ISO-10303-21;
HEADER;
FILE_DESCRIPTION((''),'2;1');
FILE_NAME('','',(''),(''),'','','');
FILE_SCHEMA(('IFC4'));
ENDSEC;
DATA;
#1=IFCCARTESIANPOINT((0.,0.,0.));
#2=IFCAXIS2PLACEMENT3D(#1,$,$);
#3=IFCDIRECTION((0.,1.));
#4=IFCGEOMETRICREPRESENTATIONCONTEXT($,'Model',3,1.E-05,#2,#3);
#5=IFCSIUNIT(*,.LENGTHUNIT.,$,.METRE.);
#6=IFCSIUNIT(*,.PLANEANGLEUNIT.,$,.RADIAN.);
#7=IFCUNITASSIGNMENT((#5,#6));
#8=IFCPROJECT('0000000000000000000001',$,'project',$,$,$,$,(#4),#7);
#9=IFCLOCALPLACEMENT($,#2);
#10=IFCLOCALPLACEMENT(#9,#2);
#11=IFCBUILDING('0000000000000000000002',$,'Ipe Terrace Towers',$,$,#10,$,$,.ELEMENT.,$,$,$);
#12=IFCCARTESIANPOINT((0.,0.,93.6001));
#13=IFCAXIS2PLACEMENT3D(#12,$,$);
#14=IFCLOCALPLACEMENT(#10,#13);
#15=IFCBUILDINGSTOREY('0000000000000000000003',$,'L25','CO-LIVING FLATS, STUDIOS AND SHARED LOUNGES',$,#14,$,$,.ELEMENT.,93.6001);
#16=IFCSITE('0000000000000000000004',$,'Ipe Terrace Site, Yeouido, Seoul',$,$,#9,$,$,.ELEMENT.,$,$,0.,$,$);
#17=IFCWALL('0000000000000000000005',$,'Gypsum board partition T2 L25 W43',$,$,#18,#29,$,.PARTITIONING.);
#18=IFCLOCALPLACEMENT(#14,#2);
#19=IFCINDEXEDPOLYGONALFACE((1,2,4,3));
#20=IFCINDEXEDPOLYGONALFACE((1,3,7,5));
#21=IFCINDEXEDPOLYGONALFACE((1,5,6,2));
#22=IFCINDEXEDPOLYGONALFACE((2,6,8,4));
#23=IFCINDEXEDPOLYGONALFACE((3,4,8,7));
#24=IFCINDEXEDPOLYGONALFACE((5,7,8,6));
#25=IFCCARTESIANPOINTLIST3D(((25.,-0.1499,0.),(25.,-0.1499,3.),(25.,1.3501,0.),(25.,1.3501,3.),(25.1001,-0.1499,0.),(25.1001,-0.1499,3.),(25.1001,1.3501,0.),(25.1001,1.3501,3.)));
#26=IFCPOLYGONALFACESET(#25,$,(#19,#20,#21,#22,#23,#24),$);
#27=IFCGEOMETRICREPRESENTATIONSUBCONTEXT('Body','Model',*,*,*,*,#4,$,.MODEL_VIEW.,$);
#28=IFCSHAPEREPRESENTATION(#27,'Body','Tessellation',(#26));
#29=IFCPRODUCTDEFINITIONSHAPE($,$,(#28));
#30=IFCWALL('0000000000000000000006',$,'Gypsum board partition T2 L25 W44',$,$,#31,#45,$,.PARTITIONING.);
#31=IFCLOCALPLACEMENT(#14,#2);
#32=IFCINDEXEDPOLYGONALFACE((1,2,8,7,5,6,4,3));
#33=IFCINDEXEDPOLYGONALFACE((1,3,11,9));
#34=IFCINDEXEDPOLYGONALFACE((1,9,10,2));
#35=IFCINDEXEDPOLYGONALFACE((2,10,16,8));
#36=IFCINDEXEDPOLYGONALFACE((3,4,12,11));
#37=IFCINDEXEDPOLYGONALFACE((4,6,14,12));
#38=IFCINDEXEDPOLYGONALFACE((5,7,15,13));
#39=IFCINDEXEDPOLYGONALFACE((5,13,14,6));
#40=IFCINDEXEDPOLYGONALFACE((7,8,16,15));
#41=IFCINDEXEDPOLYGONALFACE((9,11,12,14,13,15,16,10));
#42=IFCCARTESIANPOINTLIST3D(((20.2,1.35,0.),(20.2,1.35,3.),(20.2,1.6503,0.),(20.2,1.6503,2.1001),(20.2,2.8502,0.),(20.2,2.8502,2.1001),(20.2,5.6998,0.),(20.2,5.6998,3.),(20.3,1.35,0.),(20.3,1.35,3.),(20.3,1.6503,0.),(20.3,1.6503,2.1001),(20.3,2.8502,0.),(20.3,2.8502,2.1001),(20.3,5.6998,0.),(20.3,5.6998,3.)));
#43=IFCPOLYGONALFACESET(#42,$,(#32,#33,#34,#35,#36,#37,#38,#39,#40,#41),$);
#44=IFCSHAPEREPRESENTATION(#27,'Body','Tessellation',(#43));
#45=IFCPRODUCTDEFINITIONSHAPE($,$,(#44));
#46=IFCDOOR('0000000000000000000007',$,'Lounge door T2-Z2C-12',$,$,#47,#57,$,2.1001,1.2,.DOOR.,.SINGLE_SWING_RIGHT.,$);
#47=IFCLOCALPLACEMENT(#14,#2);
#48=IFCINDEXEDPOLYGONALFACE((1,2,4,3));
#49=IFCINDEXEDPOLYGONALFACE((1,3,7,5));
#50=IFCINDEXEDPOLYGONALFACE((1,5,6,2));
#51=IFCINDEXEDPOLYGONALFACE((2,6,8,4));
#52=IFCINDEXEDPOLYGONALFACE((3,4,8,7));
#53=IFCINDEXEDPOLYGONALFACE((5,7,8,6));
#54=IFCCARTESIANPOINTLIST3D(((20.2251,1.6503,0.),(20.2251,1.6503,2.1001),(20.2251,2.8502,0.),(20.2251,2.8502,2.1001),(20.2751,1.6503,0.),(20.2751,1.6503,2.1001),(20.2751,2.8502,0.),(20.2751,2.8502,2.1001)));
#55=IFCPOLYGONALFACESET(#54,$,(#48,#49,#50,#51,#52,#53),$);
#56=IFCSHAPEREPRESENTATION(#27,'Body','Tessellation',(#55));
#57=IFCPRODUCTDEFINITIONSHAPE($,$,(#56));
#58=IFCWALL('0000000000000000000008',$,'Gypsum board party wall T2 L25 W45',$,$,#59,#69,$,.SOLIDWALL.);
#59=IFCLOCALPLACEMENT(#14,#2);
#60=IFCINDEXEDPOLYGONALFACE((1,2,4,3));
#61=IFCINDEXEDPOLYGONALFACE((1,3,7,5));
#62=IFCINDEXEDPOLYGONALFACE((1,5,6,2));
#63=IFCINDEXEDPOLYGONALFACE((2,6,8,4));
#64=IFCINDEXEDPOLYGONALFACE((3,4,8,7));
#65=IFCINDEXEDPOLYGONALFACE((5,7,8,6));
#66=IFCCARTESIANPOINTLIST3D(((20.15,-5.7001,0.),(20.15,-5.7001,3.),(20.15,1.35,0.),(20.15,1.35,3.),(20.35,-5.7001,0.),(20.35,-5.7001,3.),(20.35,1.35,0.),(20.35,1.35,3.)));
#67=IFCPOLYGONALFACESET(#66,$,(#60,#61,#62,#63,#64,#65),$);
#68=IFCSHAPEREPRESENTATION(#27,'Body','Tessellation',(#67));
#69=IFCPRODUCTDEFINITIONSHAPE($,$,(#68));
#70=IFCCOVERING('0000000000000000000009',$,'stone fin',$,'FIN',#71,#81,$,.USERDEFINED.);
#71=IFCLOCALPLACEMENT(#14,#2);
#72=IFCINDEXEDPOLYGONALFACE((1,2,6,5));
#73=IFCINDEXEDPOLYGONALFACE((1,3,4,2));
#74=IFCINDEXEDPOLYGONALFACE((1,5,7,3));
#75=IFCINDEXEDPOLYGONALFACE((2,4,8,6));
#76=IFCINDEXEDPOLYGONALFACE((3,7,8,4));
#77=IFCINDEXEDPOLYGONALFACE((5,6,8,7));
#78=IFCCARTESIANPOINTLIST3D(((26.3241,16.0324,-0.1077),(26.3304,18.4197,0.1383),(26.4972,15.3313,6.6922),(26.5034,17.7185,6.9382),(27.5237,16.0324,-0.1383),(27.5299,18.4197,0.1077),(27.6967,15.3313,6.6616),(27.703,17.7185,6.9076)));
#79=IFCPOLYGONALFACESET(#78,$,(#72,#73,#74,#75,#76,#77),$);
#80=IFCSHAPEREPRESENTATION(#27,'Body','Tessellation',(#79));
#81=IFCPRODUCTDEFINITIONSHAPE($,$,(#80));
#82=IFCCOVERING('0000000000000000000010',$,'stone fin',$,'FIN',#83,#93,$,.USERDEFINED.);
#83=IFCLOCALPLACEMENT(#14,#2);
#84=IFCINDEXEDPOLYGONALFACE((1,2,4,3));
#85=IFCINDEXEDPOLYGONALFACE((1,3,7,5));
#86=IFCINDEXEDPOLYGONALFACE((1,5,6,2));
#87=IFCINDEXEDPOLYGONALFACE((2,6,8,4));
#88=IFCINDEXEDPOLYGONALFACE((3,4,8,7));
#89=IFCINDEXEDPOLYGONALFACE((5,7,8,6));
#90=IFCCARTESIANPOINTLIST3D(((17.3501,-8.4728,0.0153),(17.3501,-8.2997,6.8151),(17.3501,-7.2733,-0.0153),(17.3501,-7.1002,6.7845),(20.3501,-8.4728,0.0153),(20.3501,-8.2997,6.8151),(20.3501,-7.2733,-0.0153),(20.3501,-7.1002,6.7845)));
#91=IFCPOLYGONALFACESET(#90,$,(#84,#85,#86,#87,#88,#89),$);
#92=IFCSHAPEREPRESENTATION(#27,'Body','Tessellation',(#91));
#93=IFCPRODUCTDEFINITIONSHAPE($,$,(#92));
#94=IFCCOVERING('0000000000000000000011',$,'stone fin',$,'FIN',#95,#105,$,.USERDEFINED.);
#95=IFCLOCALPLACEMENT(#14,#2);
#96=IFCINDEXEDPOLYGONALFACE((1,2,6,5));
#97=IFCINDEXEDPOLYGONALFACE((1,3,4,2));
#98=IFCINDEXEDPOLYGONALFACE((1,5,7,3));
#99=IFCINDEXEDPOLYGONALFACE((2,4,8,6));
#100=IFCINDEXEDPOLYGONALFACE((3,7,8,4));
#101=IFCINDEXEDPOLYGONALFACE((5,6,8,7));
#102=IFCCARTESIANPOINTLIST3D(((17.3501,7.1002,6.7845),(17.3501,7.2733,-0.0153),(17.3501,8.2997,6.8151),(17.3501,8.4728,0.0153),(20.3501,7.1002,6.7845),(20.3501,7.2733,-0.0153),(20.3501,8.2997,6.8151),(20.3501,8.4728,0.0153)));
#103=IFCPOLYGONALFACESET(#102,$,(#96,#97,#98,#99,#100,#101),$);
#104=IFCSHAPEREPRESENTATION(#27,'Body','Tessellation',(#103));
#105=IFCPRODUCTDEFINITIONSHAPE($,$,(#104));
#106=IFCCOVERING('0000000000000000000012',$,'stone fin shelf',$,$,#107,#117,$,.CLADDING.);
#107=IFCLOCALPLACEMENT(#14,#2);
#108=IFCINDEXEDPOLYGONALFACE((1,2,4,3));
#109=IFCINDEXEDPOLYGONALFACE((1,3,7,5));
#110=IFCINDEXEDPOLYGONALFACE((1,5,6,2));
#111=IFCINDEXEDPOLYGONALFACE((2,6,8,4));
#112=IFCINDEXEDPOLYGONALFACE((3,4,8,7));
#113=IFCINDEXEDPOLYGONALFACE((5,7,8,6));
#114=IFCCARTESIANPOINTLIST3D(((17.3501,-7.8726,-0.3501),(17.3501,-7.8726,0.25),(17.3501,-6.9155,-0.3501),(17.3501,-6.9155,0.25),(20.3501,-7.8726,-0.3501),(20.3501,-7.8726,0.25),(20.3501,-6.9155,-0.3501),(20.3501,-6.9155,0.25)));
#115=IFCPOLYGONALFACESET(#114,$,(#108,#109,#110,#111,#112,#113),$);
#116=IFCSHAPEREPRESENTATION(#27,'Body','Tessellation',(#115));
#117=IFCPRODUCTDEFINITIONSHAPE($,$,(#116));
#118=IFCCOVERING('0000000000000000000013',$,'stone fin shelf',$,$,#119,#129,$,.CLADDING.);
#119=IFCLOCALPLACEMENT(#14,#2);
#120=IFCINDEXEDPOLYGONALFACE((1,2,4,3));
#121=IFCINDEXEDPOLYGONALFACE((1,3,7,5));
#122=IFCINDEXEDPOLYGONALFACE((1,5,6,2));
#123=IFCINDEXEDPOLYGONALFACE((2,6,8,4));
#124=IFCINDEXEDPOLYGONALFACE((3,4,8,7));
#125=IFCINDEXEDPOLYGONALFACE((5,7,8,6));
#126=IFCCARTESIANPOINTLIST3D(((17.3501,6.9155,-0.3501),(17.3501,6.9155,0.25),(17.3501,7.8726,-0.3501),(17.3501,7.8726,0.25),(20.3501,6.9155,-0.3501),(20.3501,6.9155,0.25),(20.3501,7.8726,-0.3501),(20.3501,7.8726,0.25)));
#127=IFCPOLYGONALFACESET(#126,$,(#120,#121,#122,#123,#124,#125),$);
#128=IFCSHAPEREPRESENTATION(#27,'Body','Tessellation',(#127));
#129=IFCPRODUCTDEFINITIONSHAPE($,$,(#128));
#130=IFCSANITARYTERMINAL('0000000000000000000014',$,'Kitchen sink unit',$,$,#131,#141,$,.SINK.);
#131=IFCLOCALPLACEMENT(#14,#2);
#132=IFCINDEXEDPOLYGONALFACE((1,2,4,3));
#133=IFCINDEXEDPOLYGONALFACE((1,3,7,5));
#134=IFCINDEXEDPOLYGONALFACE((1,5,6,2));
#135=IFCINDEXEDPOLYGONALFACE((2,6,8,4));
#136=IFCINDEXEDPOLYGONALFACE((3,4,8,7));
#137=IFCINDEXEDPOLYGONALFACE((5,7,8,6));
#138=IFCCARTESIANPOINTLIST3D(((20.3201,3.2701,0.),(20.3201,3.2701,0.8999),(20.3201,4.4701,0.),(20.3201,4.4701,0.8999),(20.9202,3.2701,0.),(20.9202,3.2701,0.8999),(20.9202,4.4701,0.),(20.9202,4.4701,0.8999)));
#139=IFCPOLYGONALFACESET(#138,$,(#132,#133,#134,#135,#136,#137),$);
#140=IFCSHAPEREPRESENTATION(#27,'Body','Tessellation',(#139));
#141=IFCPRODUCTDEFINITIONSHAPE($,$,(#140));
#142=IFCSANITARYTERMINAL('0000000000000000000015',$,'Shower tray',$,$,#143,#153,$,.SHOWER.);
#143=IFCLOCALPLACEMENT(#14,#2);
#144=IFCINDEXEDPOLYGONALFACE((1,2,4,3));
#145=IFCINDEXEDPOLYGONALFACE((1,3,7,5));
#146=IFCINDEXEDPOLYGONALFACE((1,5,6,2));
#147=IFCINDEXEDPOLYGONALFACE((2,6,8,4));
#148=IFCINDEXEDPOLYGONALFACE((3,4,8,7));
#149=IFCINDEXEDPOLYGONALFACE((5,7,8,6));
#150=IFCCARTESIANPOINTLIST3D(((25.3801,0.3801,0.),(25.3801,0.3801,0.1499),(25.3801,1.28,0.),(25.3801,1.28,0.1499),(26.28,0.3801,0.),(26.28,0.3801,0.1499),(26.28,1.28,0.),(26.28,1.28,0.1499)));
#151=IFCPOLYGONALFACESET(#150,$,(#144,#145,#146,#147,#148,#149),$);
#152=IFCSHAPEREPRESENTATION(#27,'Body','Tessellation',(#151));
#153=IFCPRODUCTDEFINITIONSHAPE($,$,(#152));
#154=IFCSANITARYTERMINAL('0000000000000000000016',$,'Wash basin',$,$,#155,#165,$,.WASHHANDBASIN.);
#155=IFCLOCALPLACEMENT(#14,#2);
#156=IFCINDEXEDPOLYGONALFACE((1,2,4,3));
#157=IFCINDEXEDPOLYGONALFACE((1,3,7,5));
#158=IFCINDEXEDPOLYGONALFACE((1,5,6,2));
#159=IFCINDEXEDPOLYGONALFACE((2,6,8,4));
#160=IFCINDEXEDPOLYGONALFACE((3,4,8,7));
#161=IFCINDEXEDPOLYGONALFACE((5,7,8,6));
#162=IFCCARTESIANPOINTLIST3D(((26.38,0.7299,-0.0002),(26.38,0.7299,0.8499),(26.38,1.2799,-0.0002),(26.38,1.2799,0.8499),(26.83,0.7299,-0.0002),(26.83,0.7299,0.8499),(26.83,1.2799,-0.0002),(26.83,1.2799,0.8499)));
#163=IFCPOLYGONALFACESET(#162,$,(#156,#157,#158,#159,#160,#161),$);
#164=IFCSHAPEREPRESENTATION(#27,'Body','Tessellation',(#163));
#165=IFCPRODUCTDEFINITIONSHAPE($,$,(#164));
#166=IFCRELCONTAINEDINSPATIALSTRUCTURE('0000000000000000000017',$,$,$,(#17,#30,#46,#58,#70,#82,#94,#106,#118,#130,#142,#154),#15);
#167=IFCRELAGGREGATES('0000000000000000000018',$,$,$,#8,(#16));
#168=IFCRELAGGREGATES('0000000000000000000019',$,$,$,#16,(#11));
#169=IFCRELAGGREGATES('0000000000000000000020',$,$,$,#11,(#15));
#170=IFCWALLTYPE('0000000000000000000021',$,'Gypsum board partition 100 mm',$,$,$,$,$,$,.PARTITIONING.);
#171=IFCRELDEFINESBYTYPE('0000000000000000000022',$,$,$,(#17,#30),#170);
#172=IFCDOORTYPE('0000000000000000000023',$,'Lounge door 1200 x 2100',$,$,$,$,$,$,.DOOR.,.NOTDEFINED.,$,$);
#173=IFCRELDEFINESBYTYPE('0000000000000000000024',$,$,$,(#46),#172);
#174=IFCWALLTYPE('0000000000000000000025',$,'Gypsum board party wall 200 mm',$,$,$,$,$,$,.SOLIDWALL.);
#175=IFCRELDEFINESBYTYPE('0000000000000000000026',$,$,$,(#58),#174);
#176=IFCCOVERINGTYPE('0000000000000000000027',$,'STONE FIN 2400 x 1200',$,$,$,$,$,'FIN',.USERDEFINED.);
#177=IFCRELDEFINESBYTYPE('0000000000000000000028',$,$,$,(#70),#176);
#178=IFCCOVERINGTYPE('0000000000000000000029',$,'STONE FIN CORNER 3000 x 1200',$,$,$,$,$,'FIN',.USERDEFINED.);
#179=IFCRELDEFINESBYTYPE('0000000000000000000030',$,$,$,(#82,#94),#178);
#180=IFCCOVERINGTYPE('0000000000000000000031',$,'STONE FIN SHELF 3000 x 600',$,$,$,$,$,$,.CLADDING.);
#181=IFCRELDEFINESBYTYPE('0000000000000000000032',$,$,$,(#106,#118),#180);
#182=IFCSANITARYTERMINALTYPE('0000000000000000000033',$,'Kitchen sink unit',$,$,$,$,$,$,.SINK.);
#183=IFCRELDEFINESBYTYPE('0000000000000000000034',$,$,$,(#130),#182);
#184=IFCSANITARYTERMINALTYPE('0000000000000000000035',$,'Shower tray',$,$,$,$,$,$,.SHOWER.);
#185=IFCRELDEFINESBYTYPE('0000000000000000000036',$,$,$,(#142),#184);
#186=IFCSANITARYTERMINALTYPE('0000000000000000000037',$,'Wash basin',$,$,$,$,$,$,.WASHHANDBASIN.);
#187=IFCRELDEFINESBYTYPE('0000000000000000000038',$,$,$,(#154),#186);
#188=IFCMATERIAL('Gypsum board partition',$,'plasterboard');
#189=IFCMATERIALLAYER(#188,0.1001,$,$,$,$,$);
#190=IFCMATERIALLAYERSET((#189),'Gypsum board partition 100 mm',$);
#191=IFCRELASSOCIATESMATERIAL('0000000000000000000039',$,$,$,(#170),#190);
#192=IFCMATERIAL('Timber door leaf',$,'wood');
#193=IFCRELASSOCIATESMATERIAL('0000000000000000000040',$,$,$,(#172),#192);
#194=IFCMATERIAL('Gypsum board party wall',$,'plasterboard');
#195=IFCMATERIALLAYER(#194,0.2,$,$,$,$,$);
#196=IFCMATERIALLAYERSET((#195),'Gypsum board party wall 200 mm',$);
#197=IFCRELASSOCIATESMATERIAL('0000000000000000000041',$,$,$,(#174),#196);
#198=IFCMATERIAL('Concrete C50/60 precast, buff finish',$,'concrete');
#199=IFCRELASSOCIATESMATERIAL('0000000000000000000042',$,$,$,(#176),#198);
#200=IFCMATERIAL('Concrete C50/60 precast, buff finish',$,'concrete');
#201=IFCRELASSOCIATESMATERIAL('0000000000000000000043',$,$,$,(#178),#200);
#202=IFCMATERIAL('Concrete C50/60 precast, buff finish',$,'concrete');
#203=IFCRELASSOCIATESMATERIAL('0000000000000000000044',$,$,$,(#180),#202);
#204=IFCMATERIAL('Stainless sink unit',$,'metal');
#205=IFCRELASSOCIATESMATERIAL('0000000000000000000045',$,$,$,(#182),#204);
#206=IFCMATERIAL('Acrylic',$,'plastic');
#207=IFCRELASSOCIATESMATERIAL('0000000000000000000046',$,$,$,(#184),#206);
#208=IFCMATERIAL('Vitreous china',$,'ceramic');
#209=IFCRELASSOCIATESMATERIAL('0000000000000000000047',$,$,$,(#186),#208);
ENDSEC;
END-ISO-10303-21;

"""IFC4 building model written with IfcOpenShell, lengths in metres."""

from ifc_helpers import new_model, si_unit, direction, frame, frame_2d, origin, origin_2d, place, context, subcontext, project, spatial, rectangle, extrude, material, layer, layer_set, material_profile, profile_set, type_object, element, fill, save


model = new_model("IFC4")

# Units and contexts
model_context = context("Model", 3, precision=1e-05, world=origin(), true_north=direction((0.0, 1.0)))
body_context = subcontext(model_context, "Body", "Model", "MODEL_VIEW")
ifc_project = project(units=[si_unit("LENGTHUNIT", "METRE"), si_unit("PLANEANGLEUNIT", "RADIAN")], contexts=[model_context])

# Site, building, storey
site_placement = place(None, origin())
site = spatial("IfcSite", under=ifc_project, at=site_placement, Name="Ipe Terrace Site, Yeouido, Seoul", CompositionType="ELEMENT", RefElevation=0.0)
building_placement = place(site_placement, origin())
building = spatial("IfcBuilding", under=site, at=building_placement, Name="Ipe Terrace Towers", CompositionType="ELEMENT")
storey_placement = place(building_placement, frame((0.0, 0.0, 93.6001)))
storey = spatial("IfcBuildingStorey", under=building, at=storey_placement, Name="L25", Description="CO-LIVING FLATS, STUDIOS AND SHARED LOUNGES", CompositionType="ELEMENT", Elevation=93.6001)

# Wall
ifc_material_1 = material(Name="Gypsum board partition", Category="plasterboard")
ifc_layer_1 = layer(ifc_material_1, 0.1001)
ifc_layer_set_1 = layer_set([ifc_layer_1], Name="Gypsum board partition 100 mm")
wall_type_1 = type_object("IfcWallType", Name="Gypsum board partition 100 mm", PredefinedType="PARTITIONING", material=ifc_layer_set_1)
wall_1_placement = place(storey_placement, frame((25.05, -0.1499, 0.0), z_axis=(0.0, 0.0, 1.0), x_axis=(0.0, 1.0, 0.0)))
element("IfcWall", 1, at=wall_1_placement, inside=storey, type_object=wall_type_1, Name="Gypsum board partition T2 L25 W43", PredefinedType="PARTITIONING", context=body_context, shape_type="SweptSolid", body=[
    extrude(rectangle(XDim=1.5, YDim=0.1001, at=frame_2d((0.75, 0.0))), origin(), (0.0, 0.0, 1.0), 3.0),
])

# Wall, opening, door
wall_2_placement = place(storey_placement, frame((20.25, 1.3501, 0.0), z_axis=(0.0, 0.0, 1.0), x_axis=(0.0, 1.0, 0.0)))
wall_2 = element("IfcWall", 2, at=wall_2_placement, inside=storey, type_object=wall_type_1, Name="Gypsum board partition T2 L25 W44", PredefinedType="PARTITIONING", context=body_context, shape_type="SweptSolid", body=[
    extrude(rectangle(XDim=4.3499, YDim=0.1001, at=frame_2d((2.1748, 0.0))), origin(), (0.0, 0.0, 1.0), 3.0),
])
opening_placement = place(wall_2_placement, frame((0.3, 0.0, 0.0)))
opening = element("IfcOpeningElement", 3, at=opening_placement, cuts=wall_2, PredefinedType="OPENING", context=body_context, shape_type="SweptSolid", body=[
    extrude(rectangle(XDim=1.2, YDim=2.1001, at=frame_2d((0.6001, 1.05))), frame((0.0, 0.0601, 0.0), z_axis=(0.0, -1.0, 0.0), x_axis=(1.0, 0.0, 0.0)), (0.0, 0.0, 1.0), 0.1201),
])
ifc_material_2 = material(Name="Timber door leaf", Category="wood")
door_type = type_object("IfcDoorType", Name="Lounge door 1200 x 2100", OperationType="NOTDEFINED", PredefinedType="DOOR", material=ifc_material_2)
door_placement = place(opening_placement, origin())
door = element("IfcDoor", 4, at=door_placement, inside=storey, type_object=door_type, Name="Lounge door T2-Z2C-12", OperationType="SINGLE_SWING_RIGHT", OverallHeight=2.1001, OverallWidth=1.2, PredefinedType="DOOR", context=body_context, shape_type="SweptSolid", body=[
    extrude(rectangle(XDim=1.2, YDim=2.1001, at=frame_2d((0.6001, 1.05))), frame((0.0, 0.0249, 0.0), z_axis=(0.0, -1.0, 0.0), x_axis=(1.0, 0.0, 0.0)), (0.0, 0.0, 1.0), 0.05),
])
fill(opening, door)

# Wall
ifc_material_3 = material(Name="Gypsum board party wall", Category="plasterboard")
ifc_layer_2 = layer(ifc_material_3, 0.2)
ifc_layer_set_2 = layer_set([ifc_layer_2], Name="Gypsum board party wall 200 mm")
wall_type_2 = type_object("IfcWallType", Name="Gypsum board party wall 200 mm", PredefinedType="SOLIDWALL", material=ifc_layer_set_2)
wall_3_placement = place(storey_placement, frame((20.25, -5.7, 0.0), z_axis=(0.0, 0.0, 1.0), x_axis=(0.0, 1.0, 0.0)))
element("IfcWall", 5, at=wall_3_placement, inside=storey, type_object=wall_type_2, Name="Gypsum board party wall T2 L25 W45", PredefinedType="SOLIDWALL", context=body_context, shape_type="SweptSolid", body=[
    extrude(rectangle(XDim=7.05, YDim=0.2, at=frame_2d((3.5249, 0.0))), origin(), (0.0, 0.0, 1.0), 3.0),
])

# Coverings
ifc_material_4 = material(Name="Concrete C50/60 precast, buff finish", Category="concrete")
ifc_material_profile_1 = material_profile(ifc_material_4, rectangle(XDim=2.3999, YDim=1.2, at=origin_2d()), Name="STONE FIN 2400 x 1200")
ifc_profile_set_1 = profile_set([ifc_material_profile_1], Name="Concrete C50/60 precast, buff finish")
covering_type_1 = type_object("IfcCoveringType", Name="STONE FIN 2400 x 1200", ElementType="FIN", PredefinedType="USERDEFINED", material=ifc_profile_set_1)
covering_placement = place(storey_placement, frame((26.927, 17.2261, 0.0), z_axis=(0.025314, -0.10254, 0.994407), x_axis=(-0.002609, -0.994729, -0.102507)))
element("IfcCovering", 6, at=covering_placement, inside=storey, type_object=covering_type_1, Name="stone fin", ObjectType="FIN", PredefinedType="USERDEFINED", context=body_context, shape_type="SweptSolid", body=[
    extrude(rectangle(XDim=2.3999, YDim=1.2, at=origin_2d()), origin(), (0.0, 0.0, 1.0), 6.8381),
])
ifc_material_5 = material(Name="Concrete C50/60 precast, buff finish", Category="concrete")
ifc_material_profile_2 = material_profile(ifc_material_5, rectangle(XDim=3.0, YDim=1.2, at=origin_2d()), Name="STONE FIN CORNER 3000 x 1200")
ifc_profile_set_2 = profile_set([ifc_material_profile_2], Name="Concrete C50/60 precast, buff finish")
covering_type_2 = type_object("IfcCoveringType", Name="STONE FIN CORNER 3000 x 1200", ElementType="FIN", PredefinedType="USERDEFINED", material=ifc_profile_set_2)
for number, where, z_axis, x_axis, name in (
    (7, (18.8501, -7.873, 0.0), (0.0, 0.025448, 0.999676), (1.0, 0.0, 0.0), "stone fin"),
    (8, (18.8501, 7.873, 0.0), (0.0, -0.025448, 0.999676), (-1.0, 0.0, 0.0), "stone fin"),
):
    element("IfcCovering", number, at=place(storey_placement, frame(where, z_axis=z_axis, x_axis=x_axis)), inside=storey, type_object=covering_type_2, Name=name, ObjectType="FIN", PredefinedType="USERDEFINED", context=body_context, shape_type="SweptSolid", body=[
        extrude(rectangle(XDim=3.0, YDim=1.2, at=origin_2d()), origin(), (0.0, 0.0, 1.0), 6.802),
    ])
ifc_material_6 = material(Name="Concrete C50/60 precast, buff finish", Category="concrete")
covering_type_3 = type_object("IfcCoveringType", Name="STONE FIN SHELF 3000 x 600", PredefinedType="CLADDING", material=ifc_material_6)
for number, where, z_axis, x_axis, name in (
    (9, (18.8501, -7.394, -0.3501), (0.0, 0.0, 1.0), (1.0, 0.0, 0.0), "stone fin shelf"),
    (10, (18.8501, 7.394, -0.3501), (0.0, 0.0, 1.0), (-1.0, 0.0, 0.0), "stone fin shelf"),
):
    element("IfcCovering", number, at=place(storey_placement, frame(where, z_axis=z_axis, x_axis=x_axis)), inside=storey, type_object=covering_type_3, Name=name, PredefinedType="CLADDING", context=body_context, shape_type="SweptSolid", body=[
        extrude(rectangle(XDim=3.0, YDim=0.957, at=origin_2d()), origin(), (0.0, 0.0, 1.0), 0.6001),
    ])

# Sanitary terminals
ifc_material_7 = material(Name="Stainless sink unit", Category="metal")
sanitary_terminal_type_1 = type_object("IfcSanitaryTerminalType", Name="Kitchen sink unit", PredefinedType="SINK", material=ifc_material_7)
sanitary_terminal_1_placement = place(storey_placement, frame((20.6201, 3.8701, 0.0), z_axis=(0.0, 0.0, 1.0), x_axis=(0.0, 1.0, 0.0)))
element("IfcSanitaryTerminal", 11, at=sanitary_terminal_1_placement, inside=storey, type_object=sanitary_terminal_type_1, Name="Kitchen sink unit", PredefinedType="SINK", context=body_context, shape_type="SweptSolid", body=[
    extrude(rectangle(XDim=1.2, YDim=0.6001, at=origin_2d()), origin(), (0.0, 0.0, 1.0), 0.8999),
])
ifc_material_8 = material(Name="Acrylic", Category="plastic")
sanitary_terminal_type_2 = type_object("IfcSanitaryTerminalType", Name="Shower tray", PredefinedType="SHOWER", material=ifc_material_8)
sanitary_terminal_2_placement = place(storey_placement, frame((25.8301, 0.8301, 0.0), z_axis=(0.0, 0.0, 1.0), x_axis=(0.0, -1.0, 0.0)))
element("IfcSanitaryTerminal", 12, at=sanitary_terminal_2_placement, inside=storey, type_object=sanitary_terminal_type_2, Name="Shower tray", PredefinedType="SHOWER", context=body_context, shape_type="SweptSolid", body=[
    extrude(rectangle(XDim=0.8999, YDim=0.8999, at=origin_2d()), origin(), (0.0, 0.0, 1.0), 0.1499),
])
ifc_material_9 = material(Name="Vitreous china", Category="ceramic")
sanitary_terminal_type_3 = type_object("IfcSanitaryTerminalType", Name="Wash basin", PredefinedType="WASHHANDBASIN", material=ifc_material_9)
sanitary_terminal_3_placement = place(storey_placement, frame((26.605, 1.0049, -0.0002), z_axis=(0.0, 0.0, 1.0), x_axis=(0.0, -1.0, 0.0)))
element("IfcSanitaryTerminal", 13, at=sanitary_terminal_3_placement, inside=storey, type_object=sanitary_terminal_type_3, Name="Wash basin", PredefinedType="WASHHANDBASIN", context=body_context, shape_type="SweptSolid", body=[
    extrude(rectangle(XDim=0.55, YDim=0.45, at=origin_2d()), origin(), (0.0, 0.0, 1.0), 0.8501),
])

save(model, "model.ifc")
